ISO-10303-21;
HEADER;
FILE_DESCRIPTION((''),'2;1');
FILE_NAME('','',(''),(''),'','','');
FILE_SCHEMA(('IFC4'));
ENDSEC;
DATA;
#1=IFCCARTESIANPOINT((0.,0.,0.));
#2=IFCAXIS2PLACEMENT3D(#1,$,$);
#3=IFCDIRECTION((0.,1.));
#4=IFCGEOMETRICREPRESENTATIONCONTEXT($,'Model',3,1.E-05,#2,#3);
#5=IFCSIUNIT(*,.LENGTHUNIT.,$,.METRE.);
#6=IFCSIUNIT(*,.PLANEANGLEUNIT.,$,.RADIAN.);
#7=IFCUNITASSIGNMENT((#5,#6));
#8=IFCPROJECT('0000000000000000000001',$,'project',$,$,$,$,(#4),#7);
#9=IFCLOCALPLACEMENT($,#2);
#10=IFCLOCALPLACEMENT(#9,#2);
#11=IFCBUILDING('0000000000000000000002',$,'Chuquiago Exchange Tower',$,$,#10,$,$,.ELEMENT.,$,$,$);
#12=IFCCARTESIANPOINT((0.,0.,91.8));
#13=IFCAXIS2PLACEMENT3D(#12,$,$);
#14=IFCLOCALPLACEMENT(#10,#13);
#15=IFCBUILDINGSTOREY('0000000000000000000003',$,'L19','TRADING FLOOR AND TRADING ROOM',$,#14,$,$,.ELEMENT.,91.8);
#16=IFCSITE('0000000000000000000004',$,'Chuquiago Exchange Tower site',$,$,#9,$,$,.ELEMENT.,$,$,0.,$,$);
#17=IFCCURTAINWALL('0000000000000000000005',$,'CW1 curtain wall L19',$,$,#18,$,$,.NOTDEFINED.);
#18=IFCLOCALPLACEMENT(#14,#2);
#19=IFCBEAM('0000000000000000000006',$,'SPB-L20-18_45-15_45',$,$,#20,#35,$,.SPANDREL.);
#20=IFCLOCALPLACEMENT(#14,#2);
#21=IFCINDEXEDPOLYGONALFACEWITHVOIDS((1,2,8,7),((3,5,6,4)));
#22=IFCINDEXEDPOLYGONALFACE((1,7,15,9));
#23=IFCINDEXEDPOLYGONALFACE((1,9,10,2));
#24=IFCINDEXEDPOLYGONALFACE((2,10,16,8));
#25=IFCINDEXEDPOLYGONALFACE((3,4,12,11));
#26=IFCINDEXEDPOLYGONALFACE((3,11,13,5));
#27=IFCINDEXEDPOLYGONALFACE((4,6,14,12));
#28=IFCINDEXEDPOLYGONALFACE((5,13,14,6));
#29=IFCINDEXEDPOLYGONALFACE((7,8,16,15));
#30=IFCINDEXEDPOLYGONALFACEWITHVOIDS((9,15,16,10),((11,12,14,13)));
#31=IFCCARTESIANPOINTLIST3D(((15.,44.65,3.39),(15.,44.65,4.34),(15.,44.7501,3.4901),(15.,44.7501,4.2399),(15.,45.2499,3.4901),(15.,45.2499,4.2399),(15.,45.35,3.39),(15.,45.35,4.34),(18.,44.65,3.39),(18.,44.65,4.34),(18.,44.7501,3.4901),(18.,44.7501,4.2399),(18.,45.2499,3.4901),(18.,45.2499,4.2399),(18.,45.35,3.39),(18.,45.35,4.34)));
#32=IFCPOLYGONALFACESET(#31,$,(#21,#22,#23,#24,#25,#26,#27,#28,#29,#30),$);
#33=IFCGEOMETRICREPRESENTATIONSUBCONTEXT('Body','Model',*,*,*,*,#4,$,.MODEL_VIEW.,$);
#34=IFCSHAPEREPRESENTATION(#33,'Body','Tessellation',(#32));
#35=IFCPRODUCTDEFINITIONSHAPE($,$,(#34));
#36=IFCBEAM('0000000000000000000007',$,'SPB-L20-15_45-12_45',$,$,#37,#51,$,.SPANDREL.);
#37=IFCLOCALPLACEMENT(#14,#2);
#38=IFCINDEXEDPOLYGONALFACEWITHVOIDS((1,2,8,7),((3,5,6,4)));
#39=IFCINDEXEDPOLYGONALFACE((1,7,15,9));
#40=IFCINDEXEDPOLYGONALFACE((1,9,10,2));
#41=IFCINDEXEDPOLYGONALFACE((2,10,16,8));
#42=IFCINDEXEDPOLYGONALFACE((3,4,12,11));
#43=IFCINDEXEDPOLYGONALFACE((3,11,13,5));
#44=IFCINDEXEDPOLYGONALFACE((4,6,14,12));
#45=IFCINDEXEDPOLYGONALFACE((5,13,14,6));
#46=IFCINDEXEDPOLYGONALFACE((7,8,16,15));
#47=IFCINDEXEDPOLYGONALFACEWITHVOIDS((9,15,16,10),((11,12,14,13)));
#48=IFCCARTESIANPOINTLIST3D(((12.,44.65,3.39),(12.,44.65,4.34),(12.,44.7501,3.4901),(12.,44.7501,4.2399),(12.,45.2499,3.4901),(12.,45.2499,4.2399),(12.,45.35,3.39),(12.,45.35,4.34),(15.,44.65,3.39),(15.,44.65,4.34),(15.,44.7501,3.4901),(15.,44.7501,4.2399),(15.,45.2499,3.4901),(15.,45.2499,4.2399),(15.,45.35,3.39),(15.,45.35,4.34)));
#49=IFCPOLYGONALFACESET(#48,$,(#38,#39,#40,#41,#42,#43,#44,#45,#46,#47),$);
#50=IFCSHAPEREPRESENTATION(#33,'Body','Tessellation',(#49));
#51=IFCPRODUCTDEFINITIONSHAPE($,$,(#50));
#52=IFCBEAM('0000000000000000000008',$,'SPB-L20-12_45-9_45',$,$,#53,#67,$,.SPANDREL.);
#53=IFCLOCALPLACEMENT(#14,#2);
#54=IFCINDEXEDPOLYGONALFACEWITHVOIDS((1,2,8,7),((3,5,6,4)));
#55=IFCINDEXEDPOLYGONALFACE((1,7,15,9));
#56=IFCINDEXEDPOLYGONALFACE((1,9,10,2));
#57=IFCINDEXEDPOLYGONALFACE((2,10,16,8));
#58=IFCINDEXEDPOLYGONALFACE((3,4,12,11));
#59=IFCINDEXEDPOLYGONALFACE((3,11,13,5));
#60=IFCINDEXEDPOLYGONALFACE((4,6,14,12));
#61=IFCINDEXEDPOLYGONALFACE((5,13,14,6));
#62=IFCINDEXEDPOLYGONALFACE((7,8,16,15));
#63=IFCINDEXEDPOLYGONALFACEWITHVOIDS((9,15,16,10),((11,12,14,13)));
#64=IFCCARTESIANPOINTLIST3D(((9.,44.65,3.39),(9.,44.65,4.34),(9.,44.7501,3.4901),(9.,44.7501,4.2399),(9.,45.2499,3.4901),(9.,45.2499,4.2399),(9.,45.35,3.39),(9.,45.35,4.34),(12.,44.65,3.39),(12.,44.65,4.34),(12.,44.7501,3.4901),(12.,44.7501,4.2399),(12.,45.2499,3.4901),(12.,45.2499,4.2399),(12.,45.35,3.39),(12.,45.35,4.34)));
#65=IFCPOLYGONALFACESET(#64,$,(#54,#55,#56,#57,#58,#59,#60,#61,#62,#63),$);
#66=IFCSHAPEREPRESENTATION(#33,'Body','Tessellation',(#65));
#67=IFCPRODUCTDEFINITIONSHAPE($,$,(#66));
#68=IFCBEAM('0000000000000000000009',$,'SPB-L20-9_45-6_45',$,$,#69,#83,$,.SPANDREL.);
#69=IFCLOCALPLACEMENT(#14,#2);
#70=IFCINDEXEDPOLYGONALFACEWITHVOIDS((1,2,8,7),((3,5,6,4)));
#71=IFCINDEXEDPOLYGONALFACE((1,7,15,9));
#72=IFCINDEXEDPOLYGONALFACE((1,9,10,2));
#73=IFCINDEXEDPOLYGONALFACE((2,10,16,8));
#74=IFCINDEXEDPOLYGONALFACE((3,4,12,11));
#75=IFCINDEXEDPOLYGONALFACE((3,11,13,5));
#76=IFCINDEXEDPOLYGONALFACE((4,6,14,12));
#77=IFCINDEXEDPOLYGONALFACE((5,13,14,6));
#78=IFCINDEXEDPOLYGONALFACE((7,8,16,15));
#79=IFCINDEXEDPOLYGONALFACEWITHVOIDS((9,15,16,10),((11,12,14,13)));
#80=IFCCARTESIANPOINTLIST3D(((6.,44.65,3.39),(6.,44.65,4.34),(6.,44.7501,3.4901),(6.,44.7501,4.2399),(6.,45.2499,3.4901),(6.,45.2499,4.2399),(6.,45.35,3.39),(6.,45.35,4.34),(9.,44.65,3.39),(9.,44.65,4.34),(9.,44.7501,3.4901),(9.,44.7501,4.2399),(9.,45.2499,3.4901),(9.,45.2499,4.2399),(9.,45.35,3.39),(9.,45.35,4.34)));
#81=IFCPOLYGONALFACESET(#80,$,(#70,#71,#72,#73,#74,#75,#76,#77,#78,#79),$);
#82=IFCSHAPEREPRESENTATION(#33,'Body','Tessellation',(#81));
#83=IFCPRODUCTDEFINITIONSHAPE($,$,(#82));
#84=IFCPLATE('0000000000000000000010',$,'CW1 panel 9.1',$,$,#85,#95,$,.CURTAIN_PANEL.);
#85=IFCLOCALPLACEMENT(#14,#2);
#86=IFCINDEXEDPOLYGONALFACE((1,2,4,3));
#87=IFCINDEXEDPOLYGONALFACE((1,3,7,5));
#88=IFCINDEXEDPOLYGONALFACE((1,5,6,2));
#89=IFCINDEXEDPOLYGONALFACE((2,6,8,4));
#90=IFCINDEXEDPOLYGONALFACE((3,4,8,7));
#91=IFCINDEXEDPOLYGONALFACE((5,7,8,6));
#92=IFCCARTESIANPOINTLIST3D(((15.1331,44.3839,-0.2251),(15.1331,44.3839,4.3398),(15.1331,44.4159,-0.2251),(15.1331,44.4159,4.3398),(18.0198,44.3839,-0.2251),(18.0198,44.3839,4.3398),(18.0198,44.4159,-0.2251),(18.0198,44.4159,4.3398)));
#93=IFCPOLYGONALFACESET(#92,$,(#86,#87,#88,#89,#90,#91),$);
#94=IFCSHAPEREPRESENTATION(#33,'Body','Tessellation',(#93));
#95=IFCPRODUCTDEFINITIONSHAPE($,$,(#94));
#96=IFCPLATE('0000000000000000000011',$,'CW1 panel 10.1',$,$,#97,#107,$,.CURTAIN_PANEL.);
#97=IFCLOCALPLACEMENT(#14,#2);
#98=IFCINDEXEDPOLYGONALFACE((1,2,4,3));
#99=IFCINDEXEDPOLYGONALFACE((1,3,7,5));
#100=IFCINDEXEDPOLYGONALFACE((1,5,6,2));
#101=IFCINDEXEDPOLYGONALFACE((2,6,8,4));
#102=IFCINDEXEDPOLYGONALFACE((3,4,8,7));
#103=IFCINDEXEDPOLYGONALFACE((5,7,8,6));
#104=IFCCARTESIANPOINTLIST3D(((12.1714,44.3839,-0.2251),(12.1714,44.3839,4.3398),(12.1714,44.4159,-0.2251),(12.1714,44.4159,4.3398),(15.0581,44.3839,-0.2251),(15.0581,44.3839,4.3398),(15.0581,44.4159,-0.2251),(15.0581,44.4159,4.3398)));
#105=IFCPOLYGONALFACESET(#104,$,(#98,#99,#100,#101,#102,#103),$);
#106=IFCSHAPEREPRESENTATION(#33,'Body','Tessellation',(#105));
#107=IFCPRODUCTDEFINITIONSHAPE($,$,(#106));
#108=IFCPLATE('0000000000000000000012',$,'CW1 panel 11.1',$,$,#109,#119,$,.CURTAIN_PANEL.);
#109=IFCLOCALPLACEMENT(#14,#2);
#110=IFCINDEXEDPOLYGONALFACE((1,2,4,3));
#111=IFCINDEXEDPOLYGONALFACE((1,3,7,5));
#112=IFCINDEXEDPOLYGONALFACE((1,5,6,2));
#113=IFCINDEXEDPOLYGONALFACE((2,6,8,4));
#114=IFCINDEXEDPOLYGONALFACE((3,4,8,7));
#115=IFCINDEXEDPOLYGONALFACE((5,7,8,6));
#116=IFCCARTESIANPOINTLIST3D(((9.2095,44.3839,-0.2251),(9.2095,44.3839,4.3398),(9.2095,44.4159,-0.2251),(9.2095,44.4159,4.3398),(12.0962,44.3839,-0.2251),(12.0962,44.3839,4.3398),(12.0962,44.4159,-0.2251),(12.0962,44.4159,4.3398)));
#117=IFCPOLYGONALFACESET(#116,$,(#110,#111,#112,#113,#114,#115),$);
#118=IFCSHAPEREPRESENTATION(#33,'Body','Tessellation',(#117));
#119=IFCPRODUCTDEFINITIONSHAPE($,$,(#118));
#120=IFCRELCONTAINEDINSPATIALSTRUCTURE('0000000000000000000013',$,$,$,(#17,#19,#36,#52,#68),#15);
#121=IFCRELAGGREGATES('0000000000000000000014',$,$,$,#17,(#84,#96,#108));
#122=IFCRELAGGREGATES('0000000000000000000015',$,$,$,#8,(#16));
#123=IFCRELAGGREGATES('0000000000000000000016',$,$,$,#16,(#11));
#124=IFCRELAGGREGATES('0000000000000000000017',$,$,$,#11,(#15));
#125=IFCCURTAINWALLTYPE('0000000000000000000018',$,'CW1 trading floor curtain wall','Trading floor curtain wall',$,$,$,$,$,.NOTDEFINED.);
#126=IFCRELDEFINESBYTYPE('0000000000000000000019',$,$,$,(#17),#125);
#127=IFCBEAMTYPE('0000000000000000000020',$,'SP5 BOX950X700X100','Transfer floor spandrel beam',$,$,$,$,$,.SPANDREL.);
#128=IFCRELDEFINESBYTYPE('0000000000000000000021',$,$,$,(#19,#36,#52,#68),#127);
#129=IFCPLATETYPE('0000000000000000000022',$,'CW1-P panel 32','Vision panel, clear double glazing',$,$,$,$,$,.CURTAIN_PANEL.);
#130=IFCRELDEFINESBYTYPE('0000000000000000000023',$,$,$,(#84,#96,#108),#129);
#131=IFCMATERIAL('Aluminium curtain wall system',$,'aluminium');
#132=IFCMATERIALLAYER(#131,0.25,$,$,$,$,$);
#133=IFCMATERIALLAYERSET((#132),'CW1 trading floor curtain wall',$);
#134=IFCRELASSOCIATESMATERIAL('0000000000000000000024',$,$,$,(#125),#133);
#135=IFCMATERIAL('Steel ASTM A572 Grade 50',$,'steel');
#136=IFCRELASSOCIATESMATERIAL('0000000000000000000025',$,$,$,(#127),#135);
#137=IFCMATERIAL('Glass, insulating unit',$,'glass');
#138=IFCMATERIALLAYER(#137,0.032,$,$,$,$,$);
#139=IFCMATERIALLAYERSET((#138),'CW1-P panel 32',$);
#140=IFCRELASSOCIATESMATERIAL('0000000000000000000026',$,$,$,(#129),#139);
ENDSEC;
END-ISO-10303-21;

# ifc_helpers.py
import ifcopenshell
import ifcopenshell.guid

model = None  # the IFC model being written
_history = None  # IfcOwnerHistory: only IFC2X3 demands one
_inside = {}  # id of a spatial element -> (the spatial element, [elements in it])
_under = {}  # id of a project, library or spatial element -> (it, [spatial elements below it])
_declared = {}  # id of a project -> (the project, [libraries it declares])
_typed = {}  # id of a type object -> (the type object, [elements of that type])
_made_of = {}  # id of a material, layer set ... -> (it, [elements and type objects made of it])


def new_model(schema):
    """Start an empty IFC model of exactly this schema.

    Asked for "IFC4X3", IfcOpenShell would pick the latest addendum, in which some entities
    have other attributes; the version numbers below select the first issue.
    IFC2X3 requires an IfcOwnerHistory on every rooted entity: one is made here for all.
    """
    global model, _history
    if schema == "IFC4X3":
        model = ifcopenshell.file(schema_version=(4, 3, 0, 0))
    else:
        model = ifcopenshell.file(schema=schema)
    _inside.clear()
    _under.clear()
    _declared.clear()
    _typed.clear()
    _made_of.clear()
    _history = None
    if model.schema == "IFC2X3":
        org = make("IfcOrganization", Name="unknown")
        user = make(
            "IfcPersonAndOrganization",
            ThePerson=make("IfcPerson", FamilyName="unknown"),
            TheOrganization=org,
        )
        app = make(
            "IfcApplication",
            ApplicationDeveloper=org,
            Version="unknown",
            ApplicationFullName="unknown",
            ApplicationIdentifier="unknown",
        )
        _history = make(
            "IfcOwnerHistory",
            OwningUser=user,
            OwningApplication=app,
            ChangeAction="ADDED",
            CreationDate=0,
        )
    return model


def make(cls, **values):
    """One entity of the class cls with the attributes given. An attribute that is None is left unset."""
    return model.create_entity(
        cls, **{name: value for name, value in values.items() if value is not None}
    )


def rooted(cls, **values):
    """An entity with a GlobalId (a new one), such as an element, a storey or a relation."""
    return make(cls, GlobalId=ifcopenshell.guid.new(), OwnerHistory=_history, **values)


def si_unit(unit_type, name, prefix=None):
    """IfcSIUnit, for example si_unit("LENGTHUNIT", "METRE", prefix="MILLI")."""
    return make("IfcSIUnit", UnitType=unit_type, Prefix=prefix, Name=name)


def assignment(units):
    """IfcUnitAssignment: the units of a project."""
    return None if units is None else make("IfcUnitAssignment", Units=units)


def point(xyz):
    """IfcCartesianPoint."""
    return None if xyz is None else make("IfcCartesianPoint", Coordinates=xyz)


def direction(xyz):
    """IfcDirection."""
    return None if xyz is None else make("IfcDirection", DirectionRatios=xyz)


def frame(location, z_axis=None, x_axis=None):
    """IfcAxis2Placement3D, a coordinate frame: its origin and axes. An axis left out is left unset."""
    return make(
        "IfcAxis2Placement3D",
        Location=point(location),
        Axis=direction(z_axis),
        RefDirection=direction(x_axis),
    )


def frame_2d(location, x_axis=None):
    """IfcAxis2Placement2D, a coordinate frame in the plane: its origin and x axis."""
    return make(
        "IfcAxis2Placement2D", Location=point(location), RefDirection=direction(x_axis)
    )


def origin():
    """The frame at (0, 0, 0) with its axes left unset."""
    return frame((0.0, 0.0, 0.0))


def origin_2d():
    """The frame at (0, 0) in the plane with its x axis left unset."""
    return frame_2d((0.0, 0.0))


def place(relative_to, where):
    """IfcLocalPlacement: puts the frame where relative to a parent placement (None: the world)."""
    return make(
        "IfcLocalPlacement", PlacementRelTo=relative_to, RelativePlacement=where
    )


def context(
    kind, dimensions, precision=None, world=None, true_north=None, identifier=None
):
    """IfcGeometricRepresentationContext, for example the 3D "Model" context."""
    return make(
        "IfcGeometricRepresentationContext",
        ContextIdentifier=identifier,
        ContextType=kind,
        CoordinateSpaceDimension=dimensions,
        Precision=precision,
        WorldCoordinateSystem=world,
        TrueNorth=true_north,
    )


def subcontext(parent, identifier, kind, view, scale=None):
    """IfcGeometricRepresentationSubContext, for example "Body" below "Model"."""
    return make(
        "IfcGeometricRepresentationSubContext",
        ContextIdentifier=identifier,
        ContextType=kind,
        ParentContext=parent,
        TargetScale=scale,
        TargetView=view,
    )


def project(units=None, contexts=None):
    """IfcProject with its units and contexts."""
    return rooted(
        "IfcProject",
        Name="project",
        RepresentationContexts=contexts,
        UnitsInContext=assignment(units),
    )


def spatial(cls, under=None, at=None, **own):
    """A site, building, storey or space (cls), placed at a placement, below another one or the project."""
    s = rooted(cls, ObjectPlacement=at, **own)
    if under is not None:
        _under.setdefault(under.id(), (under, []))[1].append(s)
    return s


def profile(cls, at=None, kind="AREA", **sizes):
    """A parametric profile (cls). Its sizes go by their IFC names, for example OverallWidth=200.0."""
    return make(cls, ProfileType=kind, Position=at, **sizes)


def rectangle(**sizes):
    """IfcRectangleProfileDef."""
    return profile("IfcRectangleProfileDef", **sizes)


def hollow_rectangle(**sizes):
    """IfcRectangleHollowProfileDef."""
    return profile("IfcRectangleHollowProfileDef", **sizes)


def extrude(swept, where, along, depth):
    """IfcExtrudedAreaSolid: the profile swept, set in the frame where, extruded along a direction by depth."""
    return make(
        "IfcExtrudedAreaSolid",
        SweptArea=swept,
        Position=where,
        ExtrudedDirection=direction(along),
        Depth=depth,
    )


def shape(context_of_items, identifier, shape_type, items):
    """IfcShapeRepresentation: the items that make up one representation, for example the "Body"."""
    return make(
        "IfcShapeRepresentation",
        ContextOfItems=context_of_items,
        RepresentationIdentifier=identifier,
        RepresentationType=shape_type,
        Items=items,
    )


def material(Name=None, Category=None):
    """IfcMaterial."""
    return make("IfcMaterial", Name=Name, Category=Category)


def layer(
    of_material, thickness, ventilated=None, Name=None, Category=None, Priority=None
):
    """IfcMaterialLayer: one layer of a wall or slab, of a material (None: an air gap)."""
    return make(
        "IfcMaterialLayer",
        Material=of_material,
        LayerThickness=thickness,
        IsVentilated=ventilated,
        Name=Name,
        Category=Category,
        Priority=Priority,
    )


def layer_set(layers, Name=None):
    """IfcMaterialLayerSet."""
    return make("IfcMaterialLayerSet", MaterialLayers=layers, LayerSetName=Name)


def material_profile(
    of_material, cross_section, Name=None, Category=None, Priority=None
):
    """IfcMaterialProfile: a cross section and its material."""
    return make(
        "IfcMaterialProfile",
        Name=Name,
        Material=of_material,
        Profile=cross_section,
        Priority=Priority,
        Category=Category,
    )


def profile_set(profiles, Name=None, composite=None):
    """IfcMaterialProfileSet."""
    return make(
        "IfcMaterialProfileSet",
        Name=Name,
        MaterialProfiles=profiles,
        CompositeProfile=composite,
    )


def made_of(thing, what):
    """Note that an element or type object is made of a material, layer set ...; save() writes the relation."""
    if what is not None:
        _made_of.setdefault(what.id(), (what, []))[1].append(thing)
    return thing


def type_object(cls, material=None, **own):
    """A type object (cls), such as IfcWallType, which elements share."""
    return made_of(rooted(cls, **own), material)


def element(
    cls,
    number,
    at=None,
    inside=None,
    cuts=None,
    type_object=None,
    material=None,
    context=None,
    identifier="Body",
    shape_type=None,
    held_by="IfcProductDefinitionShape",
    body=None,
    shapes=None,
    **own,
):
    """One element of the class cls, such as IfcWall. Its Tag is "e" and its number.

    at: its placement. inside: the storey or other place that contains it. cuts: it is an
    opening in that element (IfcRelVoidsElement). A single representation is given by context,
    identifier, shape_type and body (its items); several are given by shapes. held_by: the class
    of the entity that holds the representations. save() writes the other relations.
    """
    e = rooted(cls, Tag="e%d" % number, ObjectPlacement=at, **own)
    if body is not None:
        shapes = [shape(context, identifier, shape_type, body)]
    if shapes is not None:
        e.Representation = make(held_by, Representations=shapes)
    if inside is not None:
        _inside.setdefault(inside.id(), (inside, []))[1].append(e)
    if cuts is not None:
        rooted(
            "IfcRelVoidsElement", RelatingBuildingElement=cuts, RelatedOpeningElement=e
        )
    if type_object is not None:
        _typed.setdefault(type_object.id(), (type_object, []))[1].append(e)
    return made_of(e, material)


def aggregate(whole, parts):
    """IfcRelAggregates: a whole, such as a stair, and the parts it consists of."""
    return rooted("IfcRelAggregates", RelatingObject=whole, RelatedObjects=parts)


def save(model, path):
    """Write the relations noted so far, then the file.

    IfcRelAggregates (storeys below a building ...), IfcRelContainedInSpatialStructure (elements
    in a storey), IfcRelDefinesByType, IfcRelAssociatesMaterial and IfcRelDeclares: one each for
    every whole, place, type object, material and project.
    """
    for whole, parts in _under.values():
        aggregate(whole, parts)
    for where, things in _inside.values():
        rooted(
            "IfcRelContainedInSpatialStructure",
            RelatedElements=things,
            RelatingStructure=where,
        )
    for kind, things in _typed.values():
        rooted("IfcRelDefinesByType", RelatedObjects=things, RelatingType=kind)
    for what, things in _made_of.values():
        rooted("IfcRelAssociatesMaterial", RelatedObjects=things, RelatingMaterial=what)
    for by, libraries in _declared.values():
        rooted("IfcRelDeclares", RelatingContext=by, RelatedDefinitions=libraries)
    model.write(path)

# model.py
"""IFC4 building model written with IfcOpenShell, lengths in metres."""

from ifc_helpers import new_model, si_unit, direction, frame, origin, origin_2d, place, context, subcontext, project, spatial, rectangle, hollow_rectangle, extrude, material, layer, layer_set, material_profile, profile_set, type_object, element, aggregate, save


model = new_model("IFC4")

# Units and contexts
model_context = context("Model", 3, precision=1e-05, world=origin(), true_north=direction((0.0, 1.0)))
body_context = subcontext(model_context, "Body", "Model", "MODEL_VIEW")
ifc_project = project(units=[si_unit("LENGTHUNIT", "METRE"), si_unit("PLANEANGLEUNIT", "RADIAN")], contexts=[model_context])

# Site, building, storey
site_placement = place(None, origin())
site = spatial("IfcSite", under=ifc_project, at=site_placement, Name="Chuquiago Exchange Tower site", CompositionType="ELEMENT", RefElevation=0.0)
building_placement = place(site_placement, origin())
building = spatial("IfcBuilding", under=site, at=building_placement, Name="Chuquiago Exchange Tower", CompositionType="ELEMENT")
storey_placement = place(building_placement, frame((0.0, 0.0, 91.8)))
storey = spatial("IfcBuildingStorey", under=building, at=storey_placement, Name="L19", Description="TRADING FLOOR AND TRADING ROOM", CompositionType="ELEMENT", Elevation=91.8)

# Curtain wall
ifc_material_1 = material(Name="Aluminium curtain wall system", Category="aluminium")
ifc_layer_1 = layer(ifc_material_1, 0.25)
ifc_layer_set_1 = layer_set([ifc_layer_1], Name="CW1 trading floor curtain wall")
curtain_wall_type = type_object("IfcCurtainWallType", Name="CW1 trading floor curtain wall", Description="Trading floor curtain wall", PredefinedType="NOTDEFINED", material=ifc_layer_set_1)
curtain_wall_placement = place(storey_placement, origin())
curtain_wall = element("IfcCurtainWall", 1, at=curtain_wall_placement, inside=storey, type_object=curtain_wall_type, Name="CW1 curtain wall L19", PredefinedType="NOTDEFINED")

# Beams
ifc_material_2 = material(Name="Steel ASTM A572 Grade 50", Category="steel")
ifc_material_profile_1 = material_profile(ifc_material_2, hollow_rectangle(XDim=0.7, YDim=0.95, WallThickness=0.1001, at=origin_2d()), Name="BOX950X700X100")
ifc_profile_set_1 = profile_set([ifc_material_profile_1], Name="Steel ASTM A572 Grade 50")
beam_type = type_object("IfcBeamType", Name="SP5 BOX950X700X100", Description="Transfer floor spandrel beam", PredefinedType="SPANDREL", material=ifc_profile_set_1)
for number, where, z_axis, x_axis, name in (
    (2, (18.0, 45.0, 3.865), (-1.0, 0.0, 0.0), (0.0, -1.0, 0.0), "SPB-L20-18_45-15_45"),
    (3, (15.0, 45.0, 3.865), (-1.0, 0.0, 0.0), (0.0, -1.0, 0.0), "SPB-L20-15_45-12_45"),
    (4, (12.0, 45.0, 3.865), (-1.0, 0.0, 0.0), (0.0, -1.0, 0.0), "SPB-L20-12_45-9_45"),
    (5, (9.0, 45.0, 3.865), (-1.0, 0.0, 0.0), (0.0, -1.0, 0.0), "SPB-L20-9_45-6_45"),
):
    element("IfcBeam", number, at=place(storey_placement, frame(where, z_axis=z_axis, x_axis=x_axis)), inside=storey, type_object=beam_type, Name=name, PredefinedType="SPANDREL", context=body_context, shape_type="SweptSolid", body=[
        extrude(hollow_rectangle(XDim=0.7, YDim=0.95, WallThickness=0.1001, at=origin_2d()), origin(), (0.0, 0.0, 1.0), 3.0),
    ])

# Plates
ifc_material_3 = material(Name="Glass, insulating unit", Category="glass")
ifc_layer_2 = layer(ifc_material_3, 0.032)
ifc_layer_set_2 = layer_set([ifc_layer_2], Name="CW1-P panel 32")
plate_type = type_object("IfcPlateType", Name="CW1-P panel 32", Description="Vision panel, clear double glazing", PredefinedType="CURTAIN_PANEL", material=ifc_layer_set_2)
plate_1_placement = place(storey_placement, frame((16.5764, 44.3999, -0.2251), z_axis=(0.0, 0.0, 1.0), x_axis=(-1.0, 0.0, 0.0)))
plate_1 = element("IfcPlate", 6, at=plate_1_placement, type_object=plate_type, Name="CW1 panel 9.1", PredefinedType="CURTAIN_PANEL", context=body_context, shape_type="SweptSolid", body=[
    extrude(rectangle(XDim=2.8867, YDim=0.032, at=origin_2d()), origin(), (0.0, 0.0, 1.0), 4.5649),
])
plate_2_placement = place(storey_placement, frame((13.6147, 44.3999, -0.2251), z_axis=(0.0, 0.0, 1.0), x_axis=(-1.0, 0.0, 0.0)))
plate_2 = element("IfcPlate", 7, at=plate_2_placement, type_object=plate_type, Name="CW1 panel 10.1", PredefinedType="CURTAIN_PANEL", context=body_context, shape_type="SweptSolid", body=[
    extrude(rectangle(XDim=2.8867, YDim=0.032, at=origin_2d()), origin(), (0.0, 0.0, 1.0), 4.5649),
])
plate_3_placement = place(storey_placement, frame((10.6528, 44.3999, -0.2251), z_axis=(0.0, 0.0, 1.0), x_axis=(-1.0, 0.0, 0.0)))
plate_3 = element("IfcPlate", 8, at=plate_3_placement, type_object=plate_type, Name="CW1 panel 11.1", PredefinedType="CURTAIN_PANEL", context=body_context, shape_type="SweptSolid", body=[
    extrude(rectangle(XDim=2.8867, YDim=0.032, at=origin_2d()), origin(), (0.0, 0.0, 1.0), 4.5649),
])
aggregate(curtain_wall, [plate_1, plate_2, plate_3])

save(model, "model.ifc")
